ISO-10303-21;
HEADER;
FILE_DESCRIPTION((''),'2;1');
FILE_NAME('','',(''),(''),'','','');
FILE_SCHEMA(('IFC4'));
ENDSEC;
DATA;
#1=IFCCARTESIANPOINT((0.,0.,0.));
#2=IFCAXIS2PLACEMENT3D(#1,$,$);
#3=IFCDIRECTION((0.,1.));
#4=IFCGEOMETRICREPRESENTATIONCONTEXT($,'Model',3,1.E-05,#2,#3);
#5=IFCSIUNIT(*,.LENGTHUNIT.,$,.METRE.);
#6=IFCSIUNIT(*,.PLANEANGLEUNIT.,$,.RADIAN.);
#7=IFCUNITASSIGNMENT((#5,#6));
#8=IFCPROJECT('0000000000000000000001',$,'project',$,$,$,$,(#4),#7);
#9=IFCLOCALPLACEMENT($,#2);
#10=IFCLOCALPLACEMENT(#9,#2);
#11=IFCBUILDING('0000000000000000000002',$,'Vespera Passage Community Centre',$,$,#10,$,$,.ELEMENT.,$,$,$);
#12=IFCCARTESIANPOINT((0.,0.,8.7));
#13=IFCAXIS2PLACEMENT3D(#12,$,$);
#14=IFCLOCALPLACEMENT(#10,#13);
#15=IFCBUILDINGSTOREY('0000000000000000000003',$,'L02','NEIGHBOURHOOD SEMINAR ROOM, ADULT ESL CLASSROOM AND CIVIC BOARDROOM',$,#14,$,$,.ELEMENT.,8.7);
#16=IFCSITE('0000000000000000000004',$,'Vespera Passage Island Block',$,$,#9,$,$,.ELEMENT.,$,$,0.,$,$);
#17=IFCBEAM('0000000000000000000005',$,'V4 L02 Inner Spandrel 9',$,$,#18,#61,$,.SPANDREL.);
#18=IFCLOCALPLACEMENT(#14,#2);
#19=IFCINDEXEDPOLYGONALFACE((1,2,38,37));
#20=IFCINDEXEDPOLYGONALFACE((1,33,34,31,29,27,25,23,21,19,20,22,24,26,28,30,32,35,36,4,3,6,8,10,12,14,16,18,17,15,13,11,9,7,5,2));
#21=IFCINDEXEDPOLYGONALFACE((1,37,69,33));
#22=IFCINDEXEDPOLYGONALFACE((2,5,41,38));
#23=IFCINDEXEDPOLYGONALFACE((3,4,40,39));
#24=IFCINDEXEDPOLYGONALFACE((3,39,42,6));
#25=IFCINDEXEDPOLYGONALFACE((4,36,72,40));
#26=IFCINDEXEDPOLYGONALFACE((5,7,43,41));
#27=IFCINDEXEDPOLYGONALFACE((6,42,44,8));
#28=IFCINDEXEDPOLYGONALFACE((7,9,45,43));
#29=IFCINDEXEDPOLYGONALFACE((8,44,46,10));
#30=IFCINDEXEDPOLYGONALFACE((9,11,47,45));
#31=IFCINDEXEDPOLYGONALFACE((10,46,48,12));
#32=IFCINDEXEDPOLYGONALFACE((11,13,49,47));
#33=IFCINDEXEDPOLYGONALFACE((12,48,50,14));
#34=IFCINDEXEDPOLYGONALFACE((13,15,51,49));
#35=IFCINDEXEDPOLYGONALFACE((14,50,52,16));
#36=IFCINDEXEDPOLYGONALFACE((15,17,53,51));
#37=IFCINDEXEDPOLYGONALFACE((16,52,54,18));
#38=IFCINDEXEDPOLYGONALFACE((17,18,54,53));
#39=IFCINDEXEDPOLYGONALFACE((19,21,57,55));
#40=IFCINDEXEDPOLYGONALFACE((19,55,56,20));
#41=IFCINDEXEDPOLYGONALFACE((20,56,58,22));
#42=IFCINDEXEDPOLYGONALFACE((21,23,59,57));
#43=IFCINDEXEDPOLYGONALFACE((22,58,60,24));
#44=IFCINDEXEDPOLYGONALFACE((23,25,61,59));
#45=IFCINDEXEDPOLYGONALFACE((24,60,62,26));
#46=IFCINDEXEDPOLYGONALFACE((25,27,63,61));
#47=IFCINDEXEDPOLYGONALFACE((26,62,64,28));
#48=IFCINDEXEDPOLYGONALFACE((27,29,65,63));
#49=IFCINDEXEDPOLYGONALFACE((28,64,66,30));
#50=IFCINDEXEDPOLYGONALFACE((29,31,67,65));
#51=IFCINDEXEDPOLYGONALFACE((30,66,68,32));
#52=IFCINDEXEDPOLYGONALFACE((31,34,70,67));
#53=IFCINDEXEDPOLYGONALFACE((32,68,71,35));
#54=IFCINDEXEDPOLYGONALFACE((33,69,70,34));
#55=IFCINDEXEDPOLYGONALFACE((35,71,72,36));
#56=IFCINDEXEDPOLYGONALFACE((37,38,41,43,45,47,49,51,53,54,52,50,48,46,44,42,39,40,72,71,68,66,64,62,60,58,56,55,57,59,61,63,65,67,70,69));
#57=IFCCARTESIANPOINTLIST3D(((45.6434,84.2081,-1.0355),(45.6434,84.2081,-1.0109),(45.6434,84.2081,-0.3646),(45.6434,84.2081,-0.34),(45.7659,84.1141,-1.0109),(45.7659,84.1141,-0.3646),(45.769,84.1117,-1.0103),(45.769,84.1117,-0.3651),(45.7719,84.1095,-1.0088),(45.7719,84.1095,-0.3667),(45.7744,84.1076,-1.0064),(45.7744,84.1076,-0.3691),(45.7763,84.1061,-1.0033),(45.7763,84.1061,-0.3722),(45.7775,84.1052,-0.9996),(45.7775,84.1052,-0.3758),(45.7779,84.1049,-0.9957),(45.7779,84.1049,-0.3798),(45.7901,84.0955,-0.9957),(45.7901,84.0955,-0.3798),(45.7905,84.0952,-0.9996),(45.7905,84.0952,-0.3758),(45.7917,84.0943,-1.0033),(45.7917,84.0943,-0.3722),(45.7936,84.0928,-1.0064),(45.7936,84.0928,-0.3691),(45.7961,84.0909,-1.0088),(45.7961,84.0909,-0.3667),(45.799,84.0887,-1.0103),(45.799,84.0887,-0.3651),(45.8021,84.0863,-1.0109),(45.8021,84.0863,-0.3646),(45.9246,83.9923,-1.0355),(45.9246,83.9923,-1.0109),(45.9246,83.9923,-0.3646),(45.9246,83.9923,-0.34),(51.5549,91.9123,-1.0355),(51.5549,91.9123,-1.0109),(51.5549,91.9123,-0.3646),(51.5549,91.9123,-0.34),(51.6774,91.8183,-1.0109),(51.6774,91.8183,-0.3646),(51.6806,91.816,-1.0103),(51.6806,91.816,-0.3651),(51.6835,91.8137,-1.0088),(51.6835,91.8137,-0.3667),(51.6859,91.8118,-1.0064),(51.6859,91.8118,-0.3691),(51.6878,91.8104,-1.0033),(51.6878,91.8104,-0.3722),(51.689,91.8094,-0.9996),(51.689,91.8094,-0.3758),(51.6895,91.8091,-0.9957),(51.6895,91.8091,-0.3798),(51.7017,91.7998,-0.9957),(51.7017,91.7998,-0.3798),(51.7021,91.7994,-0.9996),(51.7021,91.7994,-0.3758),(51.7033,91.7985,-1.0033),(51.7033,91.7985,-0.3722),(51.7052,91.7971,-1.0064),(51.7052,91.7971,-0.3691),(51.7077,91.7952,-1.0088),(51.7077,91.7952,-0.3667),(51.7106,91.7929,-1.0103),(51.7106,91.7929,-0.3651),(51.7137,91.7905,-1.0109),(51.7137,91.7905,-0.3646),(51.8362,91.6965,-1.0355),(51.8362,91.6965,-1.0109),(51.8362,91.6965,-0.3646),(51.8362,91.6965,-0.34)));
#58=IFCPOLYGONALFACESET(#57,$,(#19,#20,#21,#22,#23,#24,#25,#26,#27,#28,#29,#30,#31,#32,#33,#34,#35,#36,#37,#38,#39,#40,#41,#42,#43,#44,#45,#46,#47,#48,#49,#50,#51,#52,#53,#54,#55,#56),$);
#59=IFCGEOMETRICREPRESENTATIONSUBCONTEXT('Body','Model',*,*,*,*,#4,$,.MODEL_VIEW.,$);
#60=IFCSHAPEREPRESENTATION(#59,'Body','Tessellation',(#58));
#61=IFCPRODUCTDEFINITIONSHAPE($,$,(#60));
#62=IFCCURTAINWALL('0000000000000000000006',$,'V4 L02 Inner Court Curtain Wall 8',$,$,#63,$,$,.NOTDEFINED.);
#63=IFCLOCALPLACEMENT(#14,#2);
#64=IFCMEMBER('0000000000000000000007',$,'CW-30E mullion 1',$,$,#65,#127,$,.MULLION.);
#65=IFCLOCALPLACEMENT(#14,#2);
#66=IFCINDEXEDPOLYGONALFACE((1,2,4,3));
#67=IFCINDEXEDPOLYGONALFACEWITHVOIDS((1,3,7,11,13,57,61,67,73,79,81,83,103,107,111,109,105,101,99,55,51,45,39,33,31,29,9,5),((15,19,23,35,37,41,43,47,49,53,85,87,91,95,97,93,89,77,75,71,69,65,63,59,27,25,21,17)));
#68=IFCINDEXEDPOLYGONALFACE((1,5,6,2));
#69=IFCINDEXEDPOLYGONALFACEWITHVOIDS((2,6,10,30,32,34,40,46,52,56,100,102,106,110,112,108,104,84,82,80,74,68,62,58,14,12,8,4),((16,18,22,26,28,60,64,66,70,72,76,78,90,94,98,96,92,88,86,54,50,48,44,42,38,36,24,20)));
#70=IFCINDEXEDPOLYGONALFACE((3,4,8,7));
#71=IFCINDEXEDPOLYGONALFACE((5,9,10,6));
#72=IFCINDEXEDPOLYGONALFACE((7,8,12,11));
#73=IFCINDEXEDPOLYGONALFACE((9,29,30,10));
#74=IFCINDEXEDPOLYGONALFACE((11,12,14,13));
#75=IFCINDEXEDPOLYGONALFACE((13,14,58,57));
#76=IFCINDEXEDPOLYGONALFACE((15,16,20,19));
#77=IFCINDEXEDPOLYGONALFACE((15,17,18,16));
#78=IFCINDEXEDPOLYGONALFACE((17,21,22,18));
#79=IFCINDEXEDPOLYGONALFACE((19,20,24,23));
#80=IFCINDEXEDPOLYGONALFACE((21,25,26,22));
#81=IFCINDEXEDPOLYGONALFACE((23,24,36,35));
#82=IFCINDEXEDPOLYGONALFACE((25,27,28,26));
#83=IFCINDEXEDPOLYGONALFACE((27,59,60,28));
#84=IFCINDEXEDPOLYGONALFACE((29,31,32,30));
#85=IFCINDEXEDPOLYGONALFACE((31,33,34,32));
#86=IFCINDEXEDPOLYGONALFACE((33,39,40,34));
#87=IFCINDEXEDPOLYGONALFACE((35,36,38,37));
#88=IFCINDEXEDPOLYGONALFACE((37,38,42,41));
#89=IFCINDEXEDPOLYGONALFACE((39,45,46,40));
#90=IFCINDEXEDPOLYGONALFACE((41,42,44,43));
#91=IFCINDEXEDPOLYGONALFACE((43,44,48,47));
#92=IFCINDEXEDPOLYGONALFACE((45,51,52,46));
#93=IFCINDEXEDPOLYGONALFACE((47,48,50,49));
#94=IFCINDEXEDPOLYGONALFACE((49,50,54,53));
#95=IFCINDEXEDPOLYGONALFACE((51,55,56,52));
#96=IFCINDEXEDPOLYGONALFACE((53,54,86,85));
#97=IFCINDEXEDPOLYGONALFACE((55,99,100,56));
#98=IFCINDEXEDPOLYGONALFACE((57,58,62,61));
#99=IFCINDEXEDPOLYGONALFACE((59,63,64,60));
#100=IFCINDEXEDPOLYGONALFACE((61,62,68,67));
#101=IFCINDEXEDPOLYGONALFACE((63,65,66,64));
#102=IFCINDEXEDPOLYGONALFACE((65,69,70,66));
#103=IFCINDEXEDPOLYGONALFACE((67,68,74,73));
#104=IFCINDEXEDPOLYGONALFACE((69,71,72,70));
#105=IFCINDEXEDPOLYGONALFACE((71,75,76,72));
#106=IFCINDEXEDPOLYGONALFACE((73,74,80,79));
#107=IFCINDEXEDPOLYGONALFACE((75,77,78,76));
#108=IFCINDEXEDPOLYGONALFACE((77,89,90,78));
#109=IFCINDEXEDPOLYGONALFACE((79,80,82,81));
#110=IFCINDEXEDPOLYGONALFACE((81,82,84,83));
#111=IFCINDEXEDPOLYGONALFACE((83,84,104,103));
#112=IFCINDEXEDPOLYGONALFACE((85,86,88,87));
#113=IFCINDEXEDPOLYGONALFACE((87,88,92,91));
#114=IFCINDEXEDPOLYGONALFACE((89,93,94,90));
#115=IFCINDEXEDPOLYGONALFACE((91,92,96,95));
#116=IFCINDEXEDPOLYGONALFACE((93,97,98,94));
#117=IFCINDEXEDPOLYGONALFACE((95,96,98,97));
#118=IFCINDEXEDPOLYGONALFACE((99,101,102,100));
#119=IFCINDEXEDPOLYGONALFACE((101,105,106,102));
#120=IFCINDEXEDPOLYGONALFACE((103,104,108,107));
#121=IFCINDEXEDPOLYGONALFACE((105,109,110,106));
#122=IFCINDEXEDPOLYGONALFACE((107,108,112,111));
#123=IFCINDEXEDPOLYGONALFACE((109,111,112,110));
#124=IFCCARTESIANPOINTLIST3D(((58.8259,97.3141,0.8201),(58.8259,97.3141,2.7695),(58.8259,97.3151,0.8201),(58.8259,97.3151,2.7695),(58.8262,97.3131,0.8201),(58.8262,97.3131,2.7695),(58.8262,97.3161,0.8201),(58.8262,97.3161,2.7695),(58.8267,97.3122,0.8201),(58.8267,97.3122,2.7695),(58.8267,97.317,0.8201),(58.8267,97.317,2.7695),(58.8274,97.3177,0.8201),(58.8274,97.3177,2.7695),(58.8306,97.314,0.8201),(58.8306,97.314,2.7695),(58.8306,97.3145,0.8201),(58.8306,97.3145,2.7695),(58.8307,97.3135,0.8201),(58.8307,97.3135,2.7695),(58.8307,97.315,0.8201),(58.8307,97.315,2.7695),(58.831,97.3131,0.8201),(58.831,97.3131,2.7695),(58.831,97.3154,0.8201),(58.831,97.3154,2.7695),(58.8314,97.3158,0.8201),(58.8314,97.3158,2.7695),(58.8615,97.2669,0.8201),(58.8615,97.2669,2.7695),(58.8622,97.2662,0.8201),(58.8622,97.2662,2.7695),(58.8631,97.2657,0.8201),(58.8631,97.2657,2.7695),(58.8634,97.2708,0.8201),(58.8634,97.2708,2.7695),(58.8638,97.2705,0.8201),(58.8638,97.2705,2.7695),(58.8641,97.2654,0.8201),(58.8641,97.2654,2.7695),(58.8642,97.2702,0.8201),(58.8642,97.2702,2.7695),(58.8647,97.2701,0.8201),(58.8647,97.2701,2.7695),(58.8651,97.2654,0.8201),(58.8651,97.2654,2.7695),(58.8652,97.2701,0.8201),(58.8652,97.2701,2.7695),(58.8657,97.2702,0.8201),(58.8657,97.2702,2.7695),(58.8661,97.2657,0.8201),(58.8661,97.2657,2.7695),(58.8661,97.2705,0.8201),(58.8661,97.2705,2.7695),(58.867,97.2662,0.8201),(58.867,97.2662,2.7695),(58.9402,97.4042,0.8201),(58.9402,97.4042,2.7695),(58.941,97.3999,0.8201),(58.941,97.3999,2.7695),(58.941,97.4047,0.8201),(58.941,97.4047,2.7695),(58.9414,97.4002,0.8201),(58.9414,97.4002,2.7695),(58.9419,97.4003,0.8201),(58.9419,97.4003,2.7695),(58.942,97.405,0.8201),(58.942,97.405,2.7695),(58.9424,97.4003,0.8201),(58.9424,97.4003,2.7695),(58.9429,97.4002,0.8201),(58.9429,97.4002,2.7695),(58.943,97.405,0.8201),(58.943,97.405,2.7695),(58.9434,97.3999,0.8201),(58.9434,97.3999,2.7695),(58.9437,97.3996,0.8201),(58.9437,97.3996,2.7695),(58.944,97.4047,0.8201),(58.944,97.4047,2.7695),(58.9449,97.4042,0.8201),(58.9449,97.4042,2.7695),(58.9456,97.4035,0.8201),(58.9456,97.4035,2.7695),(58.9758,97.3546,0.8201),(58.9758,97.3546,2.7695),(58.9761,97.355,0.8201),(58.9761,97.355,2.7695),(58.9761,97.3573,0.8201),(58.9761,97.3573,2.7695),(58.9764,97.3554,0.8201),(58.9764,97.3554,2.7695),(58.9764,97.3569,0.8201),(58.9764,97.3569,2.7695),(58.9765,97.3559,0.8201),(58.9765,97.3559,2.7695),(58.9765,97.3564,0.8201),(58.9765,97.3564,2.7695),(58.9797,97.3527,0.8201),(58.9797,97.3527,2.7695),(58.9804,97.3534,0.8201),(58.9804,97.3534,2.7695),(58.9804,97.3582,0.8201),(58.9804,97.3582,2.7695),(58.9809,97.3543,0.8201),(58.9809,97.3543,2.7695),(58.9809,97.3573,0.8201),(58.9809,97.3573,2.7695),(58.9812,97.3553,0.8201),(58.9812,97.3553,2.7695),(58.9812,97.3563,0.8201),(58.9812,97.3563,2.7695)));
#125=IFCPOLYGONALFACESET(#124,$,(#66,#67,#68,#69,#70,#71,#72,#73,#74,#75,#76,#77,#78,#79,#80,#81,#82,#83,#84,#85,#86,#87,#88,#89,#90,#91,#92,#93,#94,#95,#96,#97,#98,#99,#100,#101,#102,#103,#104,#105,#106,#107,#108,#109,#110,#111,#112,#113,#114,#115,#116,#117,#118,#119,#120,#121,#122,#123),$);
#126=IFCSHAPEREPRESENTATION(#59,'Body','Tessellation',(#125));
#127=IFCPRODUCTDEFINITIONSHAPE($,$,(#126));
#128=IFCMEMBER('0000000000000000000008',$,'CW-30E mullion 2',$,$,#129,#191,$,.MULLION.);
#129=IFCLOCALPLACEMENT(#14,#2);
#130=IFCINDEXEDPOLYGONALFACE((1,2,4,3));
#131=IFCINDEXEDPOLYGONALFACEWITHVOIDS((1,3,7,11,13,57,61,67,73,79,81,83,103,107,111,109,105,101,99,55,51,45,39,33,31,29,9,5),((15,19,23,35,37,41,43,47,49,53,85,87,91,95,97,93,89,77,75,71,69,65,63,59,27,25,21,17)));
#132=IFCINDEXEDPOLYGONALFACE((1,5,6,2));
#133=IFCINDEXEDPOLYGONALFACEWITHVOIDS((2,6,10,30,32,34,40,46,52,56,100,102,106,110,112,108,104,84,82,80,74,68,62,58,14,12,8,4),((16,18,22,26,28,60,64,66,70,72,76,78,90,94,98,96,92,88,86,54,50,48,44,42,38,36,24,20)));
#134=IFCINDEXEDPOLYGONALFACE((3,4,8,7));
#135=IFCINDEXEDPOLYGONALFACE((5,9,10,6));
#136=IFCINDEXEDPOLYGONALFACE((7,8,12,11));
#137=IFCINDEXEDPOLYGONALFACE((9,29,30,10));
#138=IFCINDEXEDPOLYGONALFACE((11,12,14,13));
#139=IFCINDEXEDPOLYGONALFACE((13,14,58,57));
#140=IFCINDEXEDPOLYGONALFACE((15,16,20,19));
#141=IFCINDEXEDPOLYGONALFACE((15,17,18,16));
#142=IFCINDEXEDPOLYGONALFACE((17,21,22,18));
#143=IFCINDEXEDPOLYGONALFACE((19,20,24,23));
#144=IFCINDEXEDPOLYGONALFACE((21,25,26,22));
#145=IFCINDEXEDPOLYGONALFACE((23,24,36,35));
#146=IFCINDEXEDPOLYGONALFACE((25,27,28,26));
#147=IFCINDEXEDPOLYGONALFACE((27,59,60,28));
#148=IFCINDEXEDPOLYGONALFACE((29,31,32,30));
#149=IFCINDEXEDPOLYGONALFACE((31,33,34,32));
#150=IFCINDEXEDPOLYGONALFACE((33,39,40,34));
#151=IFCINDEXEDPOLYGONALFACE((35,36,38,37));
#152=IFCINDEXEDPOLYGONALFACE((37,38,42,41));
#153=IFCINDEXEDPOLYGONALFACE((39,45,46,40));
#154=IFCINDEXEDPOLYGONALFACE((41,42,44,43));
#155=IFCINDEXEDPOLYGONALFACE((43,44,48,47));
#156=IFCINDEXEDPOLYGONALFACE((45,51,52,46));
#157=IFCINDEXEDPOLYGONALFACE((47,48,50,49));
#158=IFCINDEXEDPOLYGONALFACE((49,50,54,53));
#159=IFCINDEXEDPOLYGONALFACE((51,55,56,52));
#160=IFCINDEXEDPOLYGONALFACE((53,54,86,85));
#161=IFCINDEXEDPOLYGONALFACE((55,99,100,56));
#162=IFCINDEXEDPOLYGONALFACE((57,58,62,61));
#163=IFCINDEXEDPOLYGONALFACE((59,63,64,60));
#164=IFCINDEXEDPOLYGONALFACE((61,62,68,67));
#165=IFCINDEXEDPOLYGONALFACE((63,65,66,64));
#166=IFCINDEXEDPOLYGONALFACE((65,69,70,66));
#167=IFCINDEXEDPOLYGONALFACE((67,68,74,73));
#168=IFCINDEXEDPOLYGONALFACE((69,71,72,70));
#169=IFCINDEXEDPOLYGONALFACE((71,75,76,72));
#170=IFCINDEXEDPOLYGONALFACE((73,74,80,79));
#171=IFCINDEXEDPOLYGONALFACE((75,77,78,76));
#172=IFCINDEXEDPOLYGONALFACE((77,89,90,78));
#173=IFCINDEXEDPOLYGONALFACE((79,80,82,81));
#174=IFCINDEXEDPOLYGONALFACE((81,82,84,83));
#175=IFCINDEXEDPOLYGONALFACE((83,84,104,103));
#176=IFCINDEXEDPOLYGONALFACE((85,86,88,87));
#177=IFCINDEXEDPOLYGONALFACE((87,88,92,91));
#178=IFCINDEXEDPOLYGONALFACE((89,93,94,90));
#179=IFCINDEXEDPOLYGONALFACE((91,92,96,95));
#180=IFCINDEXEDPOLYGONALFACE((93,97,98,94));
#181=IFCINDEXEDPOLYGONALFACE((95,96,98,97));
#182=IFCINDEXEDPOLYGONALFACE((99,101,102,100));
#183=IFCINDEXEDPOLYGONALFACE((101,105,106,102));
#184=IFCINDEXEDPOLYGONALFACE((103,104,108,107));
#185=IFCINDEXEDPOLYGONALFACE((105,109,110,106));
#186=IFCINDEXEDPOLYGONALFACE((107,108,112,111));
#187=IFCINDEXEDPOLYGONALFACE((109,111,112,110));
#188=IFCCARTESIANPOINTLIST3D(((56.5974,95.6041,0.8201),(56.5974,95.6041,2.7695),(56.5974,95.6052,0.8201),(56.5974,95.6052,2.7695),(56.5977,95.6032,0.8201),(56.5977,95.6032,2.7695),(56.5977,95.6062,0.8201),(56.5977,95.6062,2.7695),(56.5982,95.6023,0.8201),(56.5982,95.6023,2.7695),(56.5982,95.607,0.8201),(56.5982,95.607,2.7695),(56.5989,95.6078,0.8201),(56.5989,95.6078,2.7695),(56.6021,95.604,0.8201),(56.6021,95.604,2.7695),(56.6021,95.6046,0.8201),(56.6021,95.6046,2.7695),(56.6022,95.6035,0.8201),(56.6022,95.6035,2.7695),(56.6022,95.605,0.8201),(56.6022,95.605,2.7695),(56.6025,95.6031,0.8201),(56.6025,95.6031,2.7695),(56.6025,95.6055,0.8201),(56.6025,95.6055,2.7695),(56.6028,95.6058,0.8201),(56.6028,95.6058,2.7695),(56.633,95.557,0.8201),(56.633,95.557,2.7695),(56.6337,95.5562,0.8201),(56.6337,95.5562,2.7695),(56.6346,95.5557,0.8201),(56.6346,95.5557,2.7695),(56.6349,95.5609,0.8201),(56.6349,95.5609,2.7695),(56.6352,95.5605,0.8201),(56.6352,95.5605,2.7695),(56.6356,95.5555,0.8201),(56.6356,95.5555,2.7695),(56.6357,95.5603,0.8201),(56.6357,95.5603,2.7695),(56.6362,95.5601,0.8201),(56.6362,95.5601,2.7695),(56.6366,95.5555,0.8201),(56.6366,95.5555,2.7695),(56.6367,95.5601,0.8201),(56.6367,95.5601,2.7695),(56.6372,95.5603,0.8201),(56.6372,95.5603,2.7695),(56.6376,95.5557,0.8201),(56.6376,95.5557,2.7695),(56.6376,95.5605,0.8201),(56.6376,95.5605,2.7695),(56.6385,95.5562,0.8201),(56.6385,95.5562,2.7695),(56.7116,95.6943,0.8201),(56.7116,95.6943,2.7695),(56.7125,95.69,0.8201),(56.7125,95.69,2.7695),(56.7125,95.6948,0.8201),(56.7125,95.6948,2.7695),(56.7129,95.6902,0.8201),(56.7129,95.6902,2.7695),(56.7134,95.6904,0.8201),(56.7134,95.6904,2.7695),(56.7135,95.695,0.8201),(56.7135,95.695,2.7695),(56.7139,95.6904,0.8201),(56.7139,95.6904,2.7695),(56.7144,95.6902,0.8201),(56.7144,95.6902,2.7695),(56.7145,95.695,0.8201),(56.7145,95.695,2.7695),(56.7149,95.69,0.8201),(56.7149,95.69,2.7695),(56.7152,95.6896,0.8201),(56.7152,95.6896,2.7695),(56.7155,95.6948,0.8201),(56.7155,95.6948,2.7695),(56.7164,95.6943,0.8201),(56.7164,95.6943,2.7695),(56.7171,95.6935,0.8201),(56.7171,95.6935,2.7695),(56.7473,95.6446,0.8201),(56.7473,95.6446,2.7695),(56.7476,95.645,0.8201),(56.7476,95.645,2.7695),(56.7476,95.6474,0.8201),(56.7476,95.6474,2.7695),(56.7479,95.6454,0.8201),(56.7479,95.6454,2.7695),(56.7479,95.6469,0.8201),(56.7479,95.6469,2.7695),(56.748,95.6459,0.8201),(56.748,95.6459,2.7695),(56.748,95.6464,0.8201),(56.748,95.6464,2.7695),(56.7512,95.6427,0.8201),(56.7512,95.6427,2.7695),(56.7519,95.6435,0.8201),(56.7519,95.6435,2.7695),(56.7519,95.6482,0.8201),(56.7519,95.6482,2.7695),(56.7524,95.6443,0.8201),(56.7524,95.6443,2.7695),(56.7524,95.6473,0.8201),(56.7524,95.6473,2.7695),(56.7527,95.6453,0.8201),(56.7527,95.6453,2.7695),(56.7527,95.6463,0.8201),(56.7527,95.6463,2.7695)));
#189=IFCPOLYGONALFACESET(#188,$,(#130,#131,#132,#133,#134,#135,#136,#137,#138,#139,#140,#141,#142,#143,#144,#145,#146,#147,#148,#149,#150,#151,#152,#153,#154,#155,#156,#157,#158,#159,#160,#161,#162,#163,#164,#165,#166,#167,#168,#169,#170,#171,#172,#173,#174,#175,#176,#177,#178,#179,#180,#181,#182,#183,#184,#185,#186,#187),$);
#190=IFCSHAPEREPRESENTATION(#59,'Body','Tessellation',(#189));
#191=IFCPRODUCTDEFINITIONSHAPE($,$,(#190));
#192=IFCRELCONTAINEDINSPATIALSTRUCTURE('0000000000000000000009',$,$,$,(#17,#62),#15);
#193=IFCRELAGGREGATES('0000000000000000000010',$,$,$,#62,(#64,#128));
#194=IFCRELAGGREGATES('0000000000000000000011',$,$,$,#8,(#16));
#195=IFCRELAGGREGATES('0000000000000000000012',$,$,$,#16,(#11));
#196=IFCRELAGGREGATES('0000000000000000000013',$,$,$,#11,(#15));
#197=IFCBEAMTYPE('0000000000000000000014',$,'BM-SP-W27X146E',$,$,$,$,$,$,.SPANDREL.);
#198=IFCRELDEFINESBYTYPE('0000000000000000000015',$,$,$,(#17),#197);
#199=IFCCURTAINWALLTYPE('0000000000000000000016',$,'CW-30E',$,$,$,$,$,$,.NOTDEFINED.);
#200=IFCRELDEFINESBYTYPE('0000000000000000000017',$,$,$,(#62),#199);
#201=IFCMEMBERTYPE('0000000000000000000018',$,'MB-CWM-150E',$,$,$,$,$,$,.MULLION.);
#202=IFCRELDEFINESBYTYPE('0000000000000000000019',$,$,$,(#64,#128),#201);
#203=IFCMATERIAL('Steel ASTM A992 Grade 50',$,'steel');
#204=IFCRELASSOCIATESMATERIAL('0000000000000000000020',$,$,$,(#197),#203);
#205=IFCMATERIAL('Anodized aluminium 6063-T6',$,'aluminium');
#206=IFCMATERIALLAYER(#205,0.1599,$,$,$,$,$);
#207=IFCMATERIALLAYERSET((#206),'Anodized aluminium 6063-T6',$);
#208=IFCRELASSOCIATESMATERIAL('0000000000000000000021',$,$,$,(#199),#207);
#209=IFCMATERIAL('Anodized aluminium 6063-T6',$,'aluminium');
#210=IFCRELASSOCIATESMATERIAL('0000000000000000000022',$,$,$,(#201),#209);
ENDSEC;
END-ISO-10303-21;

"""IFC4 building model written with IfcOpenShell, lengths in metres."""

from ifc_helpers import new_model, si_unit, direction, frame, origin, origin_2d, place, context, subcontext, project, spatial, hollow_rectangle, i_section, extrude, material, layer, layer_set, material_profile, profile_set, type_object, element, aggregate, save


model = new_model("IFC4")

# Units and contexts
model_context = context("Model", 3, precision=1e-05, world=origin(), true_north=direction((0.0, 1.0)))
body_context = subcontext(model_context, "Body", "Model", "MODEL_VIEW")
ifc_project = project(units=[si_unit("LENGTHUNIT", "METRE"), si_unit("PLANEANGLEUNIT", "RADIAN")], contexts=[model_context])

# Site, building, storey
site_placement = place(None, origin())
site = spatial("IfcSite", under=ifc_project, at=site_placement, Name="Vespera Passage Island Block", CompositionType="ELEMENT", RefElevation=0.0)
building_placement = place(site_placement, origin())
building = spatial("IfcBuilding", under=site, at=building_placement, Name="Vespera Passage Community Centre", CompositionType="ELEMENT")
storey_placement = place(building_placement, frame((0.0, 0.0, 8.7)))
storey = spatial("IfcBuildingStorey", under=building, at=storey_placement, Name="L02", Description="NEIGHBOURHOOD SEMINAR ROOM, ADULT ESL CLASSROOM AND CIVIC BOARDROOM", CompositionType="ELEMENT", Elevation=8.7)

# Beam
ifc_material_1 = material(Name="Steel ASTM A992 Grade 50", Category="steel")
ifc_material_profile_1 = material_profile(ifc_material_1, i_section(OverallWidth=0.3545, OverallDepth=0.6956, WebThickness=0.0154, FlangeThickness=0.0247, FilletRadius=0.0151, at=origin_2d()), Name="W27X146")
ifc_profile_set_1 = profile_set([ifc_material_profile_1], Name="Steel ASTM A992 Grade 50")
beam_type_1 = type_object("IfcBeamType", Name="BM-SP-W27X146E", PredefinedType="SPANDREL", material=ifc_profile_set_1)
for number, where, z_axis, x_axis, name in (
    (1, (51.6956, 91.8044, -0.6877), (-0.608753, -0.79336, 0.0), (0.79336, -0.608753, 0.0), "V4 L02 Inner Spandrel 9"),
):
    element("IfcBeam", number, at=place(storey_placement, frame(where, z_axis=z_axis, x_axis=x_axis)), inside=storey, type_object=beam_type_1, Name=name, PredefinedType="SPANDREL", context=body_context, shape_type="SweptSolid", body=[
        extrude(i_section(OverallWidth=0.3545, OverallDepth=0.6956, WebThickness=0.0154, FlangeThickness=0.0247, FilletRadius=0.0151, at=origin_2d()), origin(), (0.0, 0.0, 1.0), 9.7109),
    ])

# Curtain wall, members
ifc_material_2 = material(Name="Anodized aluminium 6063-T6", Category="aluminium")
ifc_layer_1 = layer(ifc_material_2, 0.1599)
ifc_layer_set_1 = layer_set([ifc_layer_1], Name="Anodized aluminium 6063-T6")
curtain_wall_type_1 = type_object("IfcCurtainWallType", Name="CW-30E", PredefinedType="NOTDEFINED", material=ifc_layer_set_1)
curtain_wall_1_placement = place(storey_placement, origin())
curtain_wall_1 = element("IfcCurtainWall", 2, at=curtain_wall_1_placement, inside=storey, type_object=curtain_wall_type_1, Name="V4 L02 Inner Court Curtain Wall 8", PredefinedType="NOTDEFINED")
ifc_material_3 = material(Name="Anodized aluminium 6063-T6", Category="aluminium")
ifc_material_profile_2 = material_profile(ifc_material_3, hollow_rectangle(XDim=0.0649, YDim=0.1499, WallThickness=0.0039, InnerFilletRadius=0.002, OuterFilletRadius=0.0039, at=origin_2d()), Name="ALU150X65X4")
ifc_profile_set_2 = profile_set([ifc_material_profile_2], Name="Anodized aluminium 6063-T6")
member_type_1 = type_object("IfcMemberType", Name="MB-CWM-150E", PredefinedType="MULLION", material=ifc_profile_set_2)
member_1_placement = place(storey_placement, frame((58.9036, 97.3352, 0.8201), z_axis=(0.0, 0.0, 1.0), x_axis=(0.608755, -0.793358, 0.0)))
member_1 = element("IfcMember", 3, at=member_1_placement, type_object=member_type_1, Name="CW-30E mullion 1", PredefinedType="MULLION", context=body_context, shape_type="SweptSolid", body=[
    extrude(hollow_rectangle(XDim=0.0649, YDim=0.1499, WallThickness=0.0039, InnerFilletRadius=0.002, OuterFilletRadius=0.0039, at=origin_2d()), origin(), (0.0, 0.0, 1.0), 1.9495),
])
member_2_placement = place(storey_placement, frame((56.675, 95.6252, 0.8201), z_axis=(0.0, 0.0, 1.0), x_axis=(0.608755, -0.793358, 0.0)))
member_2 = element("IfcMember", 4, at=member_2_placement, type_object=member_type_1, Name="CW-30E mullion 2", PredefinedType="MULLION", context=body_context, shape_type="SweptSolid", body=[
    extrude(hollow_rectangle(XDim=0.0649, YDim=0.1499, WallThickness=0.0039, InnerFilletRadius=0.002, OuterFilletRadius=0.0039, at=origin_2d()), origin(), (0.0, 0.0, 1.0), 1.9495),
])

aggregate(curtain_wall_1, [member_1, member_2])

save(model, "model.ifc")
